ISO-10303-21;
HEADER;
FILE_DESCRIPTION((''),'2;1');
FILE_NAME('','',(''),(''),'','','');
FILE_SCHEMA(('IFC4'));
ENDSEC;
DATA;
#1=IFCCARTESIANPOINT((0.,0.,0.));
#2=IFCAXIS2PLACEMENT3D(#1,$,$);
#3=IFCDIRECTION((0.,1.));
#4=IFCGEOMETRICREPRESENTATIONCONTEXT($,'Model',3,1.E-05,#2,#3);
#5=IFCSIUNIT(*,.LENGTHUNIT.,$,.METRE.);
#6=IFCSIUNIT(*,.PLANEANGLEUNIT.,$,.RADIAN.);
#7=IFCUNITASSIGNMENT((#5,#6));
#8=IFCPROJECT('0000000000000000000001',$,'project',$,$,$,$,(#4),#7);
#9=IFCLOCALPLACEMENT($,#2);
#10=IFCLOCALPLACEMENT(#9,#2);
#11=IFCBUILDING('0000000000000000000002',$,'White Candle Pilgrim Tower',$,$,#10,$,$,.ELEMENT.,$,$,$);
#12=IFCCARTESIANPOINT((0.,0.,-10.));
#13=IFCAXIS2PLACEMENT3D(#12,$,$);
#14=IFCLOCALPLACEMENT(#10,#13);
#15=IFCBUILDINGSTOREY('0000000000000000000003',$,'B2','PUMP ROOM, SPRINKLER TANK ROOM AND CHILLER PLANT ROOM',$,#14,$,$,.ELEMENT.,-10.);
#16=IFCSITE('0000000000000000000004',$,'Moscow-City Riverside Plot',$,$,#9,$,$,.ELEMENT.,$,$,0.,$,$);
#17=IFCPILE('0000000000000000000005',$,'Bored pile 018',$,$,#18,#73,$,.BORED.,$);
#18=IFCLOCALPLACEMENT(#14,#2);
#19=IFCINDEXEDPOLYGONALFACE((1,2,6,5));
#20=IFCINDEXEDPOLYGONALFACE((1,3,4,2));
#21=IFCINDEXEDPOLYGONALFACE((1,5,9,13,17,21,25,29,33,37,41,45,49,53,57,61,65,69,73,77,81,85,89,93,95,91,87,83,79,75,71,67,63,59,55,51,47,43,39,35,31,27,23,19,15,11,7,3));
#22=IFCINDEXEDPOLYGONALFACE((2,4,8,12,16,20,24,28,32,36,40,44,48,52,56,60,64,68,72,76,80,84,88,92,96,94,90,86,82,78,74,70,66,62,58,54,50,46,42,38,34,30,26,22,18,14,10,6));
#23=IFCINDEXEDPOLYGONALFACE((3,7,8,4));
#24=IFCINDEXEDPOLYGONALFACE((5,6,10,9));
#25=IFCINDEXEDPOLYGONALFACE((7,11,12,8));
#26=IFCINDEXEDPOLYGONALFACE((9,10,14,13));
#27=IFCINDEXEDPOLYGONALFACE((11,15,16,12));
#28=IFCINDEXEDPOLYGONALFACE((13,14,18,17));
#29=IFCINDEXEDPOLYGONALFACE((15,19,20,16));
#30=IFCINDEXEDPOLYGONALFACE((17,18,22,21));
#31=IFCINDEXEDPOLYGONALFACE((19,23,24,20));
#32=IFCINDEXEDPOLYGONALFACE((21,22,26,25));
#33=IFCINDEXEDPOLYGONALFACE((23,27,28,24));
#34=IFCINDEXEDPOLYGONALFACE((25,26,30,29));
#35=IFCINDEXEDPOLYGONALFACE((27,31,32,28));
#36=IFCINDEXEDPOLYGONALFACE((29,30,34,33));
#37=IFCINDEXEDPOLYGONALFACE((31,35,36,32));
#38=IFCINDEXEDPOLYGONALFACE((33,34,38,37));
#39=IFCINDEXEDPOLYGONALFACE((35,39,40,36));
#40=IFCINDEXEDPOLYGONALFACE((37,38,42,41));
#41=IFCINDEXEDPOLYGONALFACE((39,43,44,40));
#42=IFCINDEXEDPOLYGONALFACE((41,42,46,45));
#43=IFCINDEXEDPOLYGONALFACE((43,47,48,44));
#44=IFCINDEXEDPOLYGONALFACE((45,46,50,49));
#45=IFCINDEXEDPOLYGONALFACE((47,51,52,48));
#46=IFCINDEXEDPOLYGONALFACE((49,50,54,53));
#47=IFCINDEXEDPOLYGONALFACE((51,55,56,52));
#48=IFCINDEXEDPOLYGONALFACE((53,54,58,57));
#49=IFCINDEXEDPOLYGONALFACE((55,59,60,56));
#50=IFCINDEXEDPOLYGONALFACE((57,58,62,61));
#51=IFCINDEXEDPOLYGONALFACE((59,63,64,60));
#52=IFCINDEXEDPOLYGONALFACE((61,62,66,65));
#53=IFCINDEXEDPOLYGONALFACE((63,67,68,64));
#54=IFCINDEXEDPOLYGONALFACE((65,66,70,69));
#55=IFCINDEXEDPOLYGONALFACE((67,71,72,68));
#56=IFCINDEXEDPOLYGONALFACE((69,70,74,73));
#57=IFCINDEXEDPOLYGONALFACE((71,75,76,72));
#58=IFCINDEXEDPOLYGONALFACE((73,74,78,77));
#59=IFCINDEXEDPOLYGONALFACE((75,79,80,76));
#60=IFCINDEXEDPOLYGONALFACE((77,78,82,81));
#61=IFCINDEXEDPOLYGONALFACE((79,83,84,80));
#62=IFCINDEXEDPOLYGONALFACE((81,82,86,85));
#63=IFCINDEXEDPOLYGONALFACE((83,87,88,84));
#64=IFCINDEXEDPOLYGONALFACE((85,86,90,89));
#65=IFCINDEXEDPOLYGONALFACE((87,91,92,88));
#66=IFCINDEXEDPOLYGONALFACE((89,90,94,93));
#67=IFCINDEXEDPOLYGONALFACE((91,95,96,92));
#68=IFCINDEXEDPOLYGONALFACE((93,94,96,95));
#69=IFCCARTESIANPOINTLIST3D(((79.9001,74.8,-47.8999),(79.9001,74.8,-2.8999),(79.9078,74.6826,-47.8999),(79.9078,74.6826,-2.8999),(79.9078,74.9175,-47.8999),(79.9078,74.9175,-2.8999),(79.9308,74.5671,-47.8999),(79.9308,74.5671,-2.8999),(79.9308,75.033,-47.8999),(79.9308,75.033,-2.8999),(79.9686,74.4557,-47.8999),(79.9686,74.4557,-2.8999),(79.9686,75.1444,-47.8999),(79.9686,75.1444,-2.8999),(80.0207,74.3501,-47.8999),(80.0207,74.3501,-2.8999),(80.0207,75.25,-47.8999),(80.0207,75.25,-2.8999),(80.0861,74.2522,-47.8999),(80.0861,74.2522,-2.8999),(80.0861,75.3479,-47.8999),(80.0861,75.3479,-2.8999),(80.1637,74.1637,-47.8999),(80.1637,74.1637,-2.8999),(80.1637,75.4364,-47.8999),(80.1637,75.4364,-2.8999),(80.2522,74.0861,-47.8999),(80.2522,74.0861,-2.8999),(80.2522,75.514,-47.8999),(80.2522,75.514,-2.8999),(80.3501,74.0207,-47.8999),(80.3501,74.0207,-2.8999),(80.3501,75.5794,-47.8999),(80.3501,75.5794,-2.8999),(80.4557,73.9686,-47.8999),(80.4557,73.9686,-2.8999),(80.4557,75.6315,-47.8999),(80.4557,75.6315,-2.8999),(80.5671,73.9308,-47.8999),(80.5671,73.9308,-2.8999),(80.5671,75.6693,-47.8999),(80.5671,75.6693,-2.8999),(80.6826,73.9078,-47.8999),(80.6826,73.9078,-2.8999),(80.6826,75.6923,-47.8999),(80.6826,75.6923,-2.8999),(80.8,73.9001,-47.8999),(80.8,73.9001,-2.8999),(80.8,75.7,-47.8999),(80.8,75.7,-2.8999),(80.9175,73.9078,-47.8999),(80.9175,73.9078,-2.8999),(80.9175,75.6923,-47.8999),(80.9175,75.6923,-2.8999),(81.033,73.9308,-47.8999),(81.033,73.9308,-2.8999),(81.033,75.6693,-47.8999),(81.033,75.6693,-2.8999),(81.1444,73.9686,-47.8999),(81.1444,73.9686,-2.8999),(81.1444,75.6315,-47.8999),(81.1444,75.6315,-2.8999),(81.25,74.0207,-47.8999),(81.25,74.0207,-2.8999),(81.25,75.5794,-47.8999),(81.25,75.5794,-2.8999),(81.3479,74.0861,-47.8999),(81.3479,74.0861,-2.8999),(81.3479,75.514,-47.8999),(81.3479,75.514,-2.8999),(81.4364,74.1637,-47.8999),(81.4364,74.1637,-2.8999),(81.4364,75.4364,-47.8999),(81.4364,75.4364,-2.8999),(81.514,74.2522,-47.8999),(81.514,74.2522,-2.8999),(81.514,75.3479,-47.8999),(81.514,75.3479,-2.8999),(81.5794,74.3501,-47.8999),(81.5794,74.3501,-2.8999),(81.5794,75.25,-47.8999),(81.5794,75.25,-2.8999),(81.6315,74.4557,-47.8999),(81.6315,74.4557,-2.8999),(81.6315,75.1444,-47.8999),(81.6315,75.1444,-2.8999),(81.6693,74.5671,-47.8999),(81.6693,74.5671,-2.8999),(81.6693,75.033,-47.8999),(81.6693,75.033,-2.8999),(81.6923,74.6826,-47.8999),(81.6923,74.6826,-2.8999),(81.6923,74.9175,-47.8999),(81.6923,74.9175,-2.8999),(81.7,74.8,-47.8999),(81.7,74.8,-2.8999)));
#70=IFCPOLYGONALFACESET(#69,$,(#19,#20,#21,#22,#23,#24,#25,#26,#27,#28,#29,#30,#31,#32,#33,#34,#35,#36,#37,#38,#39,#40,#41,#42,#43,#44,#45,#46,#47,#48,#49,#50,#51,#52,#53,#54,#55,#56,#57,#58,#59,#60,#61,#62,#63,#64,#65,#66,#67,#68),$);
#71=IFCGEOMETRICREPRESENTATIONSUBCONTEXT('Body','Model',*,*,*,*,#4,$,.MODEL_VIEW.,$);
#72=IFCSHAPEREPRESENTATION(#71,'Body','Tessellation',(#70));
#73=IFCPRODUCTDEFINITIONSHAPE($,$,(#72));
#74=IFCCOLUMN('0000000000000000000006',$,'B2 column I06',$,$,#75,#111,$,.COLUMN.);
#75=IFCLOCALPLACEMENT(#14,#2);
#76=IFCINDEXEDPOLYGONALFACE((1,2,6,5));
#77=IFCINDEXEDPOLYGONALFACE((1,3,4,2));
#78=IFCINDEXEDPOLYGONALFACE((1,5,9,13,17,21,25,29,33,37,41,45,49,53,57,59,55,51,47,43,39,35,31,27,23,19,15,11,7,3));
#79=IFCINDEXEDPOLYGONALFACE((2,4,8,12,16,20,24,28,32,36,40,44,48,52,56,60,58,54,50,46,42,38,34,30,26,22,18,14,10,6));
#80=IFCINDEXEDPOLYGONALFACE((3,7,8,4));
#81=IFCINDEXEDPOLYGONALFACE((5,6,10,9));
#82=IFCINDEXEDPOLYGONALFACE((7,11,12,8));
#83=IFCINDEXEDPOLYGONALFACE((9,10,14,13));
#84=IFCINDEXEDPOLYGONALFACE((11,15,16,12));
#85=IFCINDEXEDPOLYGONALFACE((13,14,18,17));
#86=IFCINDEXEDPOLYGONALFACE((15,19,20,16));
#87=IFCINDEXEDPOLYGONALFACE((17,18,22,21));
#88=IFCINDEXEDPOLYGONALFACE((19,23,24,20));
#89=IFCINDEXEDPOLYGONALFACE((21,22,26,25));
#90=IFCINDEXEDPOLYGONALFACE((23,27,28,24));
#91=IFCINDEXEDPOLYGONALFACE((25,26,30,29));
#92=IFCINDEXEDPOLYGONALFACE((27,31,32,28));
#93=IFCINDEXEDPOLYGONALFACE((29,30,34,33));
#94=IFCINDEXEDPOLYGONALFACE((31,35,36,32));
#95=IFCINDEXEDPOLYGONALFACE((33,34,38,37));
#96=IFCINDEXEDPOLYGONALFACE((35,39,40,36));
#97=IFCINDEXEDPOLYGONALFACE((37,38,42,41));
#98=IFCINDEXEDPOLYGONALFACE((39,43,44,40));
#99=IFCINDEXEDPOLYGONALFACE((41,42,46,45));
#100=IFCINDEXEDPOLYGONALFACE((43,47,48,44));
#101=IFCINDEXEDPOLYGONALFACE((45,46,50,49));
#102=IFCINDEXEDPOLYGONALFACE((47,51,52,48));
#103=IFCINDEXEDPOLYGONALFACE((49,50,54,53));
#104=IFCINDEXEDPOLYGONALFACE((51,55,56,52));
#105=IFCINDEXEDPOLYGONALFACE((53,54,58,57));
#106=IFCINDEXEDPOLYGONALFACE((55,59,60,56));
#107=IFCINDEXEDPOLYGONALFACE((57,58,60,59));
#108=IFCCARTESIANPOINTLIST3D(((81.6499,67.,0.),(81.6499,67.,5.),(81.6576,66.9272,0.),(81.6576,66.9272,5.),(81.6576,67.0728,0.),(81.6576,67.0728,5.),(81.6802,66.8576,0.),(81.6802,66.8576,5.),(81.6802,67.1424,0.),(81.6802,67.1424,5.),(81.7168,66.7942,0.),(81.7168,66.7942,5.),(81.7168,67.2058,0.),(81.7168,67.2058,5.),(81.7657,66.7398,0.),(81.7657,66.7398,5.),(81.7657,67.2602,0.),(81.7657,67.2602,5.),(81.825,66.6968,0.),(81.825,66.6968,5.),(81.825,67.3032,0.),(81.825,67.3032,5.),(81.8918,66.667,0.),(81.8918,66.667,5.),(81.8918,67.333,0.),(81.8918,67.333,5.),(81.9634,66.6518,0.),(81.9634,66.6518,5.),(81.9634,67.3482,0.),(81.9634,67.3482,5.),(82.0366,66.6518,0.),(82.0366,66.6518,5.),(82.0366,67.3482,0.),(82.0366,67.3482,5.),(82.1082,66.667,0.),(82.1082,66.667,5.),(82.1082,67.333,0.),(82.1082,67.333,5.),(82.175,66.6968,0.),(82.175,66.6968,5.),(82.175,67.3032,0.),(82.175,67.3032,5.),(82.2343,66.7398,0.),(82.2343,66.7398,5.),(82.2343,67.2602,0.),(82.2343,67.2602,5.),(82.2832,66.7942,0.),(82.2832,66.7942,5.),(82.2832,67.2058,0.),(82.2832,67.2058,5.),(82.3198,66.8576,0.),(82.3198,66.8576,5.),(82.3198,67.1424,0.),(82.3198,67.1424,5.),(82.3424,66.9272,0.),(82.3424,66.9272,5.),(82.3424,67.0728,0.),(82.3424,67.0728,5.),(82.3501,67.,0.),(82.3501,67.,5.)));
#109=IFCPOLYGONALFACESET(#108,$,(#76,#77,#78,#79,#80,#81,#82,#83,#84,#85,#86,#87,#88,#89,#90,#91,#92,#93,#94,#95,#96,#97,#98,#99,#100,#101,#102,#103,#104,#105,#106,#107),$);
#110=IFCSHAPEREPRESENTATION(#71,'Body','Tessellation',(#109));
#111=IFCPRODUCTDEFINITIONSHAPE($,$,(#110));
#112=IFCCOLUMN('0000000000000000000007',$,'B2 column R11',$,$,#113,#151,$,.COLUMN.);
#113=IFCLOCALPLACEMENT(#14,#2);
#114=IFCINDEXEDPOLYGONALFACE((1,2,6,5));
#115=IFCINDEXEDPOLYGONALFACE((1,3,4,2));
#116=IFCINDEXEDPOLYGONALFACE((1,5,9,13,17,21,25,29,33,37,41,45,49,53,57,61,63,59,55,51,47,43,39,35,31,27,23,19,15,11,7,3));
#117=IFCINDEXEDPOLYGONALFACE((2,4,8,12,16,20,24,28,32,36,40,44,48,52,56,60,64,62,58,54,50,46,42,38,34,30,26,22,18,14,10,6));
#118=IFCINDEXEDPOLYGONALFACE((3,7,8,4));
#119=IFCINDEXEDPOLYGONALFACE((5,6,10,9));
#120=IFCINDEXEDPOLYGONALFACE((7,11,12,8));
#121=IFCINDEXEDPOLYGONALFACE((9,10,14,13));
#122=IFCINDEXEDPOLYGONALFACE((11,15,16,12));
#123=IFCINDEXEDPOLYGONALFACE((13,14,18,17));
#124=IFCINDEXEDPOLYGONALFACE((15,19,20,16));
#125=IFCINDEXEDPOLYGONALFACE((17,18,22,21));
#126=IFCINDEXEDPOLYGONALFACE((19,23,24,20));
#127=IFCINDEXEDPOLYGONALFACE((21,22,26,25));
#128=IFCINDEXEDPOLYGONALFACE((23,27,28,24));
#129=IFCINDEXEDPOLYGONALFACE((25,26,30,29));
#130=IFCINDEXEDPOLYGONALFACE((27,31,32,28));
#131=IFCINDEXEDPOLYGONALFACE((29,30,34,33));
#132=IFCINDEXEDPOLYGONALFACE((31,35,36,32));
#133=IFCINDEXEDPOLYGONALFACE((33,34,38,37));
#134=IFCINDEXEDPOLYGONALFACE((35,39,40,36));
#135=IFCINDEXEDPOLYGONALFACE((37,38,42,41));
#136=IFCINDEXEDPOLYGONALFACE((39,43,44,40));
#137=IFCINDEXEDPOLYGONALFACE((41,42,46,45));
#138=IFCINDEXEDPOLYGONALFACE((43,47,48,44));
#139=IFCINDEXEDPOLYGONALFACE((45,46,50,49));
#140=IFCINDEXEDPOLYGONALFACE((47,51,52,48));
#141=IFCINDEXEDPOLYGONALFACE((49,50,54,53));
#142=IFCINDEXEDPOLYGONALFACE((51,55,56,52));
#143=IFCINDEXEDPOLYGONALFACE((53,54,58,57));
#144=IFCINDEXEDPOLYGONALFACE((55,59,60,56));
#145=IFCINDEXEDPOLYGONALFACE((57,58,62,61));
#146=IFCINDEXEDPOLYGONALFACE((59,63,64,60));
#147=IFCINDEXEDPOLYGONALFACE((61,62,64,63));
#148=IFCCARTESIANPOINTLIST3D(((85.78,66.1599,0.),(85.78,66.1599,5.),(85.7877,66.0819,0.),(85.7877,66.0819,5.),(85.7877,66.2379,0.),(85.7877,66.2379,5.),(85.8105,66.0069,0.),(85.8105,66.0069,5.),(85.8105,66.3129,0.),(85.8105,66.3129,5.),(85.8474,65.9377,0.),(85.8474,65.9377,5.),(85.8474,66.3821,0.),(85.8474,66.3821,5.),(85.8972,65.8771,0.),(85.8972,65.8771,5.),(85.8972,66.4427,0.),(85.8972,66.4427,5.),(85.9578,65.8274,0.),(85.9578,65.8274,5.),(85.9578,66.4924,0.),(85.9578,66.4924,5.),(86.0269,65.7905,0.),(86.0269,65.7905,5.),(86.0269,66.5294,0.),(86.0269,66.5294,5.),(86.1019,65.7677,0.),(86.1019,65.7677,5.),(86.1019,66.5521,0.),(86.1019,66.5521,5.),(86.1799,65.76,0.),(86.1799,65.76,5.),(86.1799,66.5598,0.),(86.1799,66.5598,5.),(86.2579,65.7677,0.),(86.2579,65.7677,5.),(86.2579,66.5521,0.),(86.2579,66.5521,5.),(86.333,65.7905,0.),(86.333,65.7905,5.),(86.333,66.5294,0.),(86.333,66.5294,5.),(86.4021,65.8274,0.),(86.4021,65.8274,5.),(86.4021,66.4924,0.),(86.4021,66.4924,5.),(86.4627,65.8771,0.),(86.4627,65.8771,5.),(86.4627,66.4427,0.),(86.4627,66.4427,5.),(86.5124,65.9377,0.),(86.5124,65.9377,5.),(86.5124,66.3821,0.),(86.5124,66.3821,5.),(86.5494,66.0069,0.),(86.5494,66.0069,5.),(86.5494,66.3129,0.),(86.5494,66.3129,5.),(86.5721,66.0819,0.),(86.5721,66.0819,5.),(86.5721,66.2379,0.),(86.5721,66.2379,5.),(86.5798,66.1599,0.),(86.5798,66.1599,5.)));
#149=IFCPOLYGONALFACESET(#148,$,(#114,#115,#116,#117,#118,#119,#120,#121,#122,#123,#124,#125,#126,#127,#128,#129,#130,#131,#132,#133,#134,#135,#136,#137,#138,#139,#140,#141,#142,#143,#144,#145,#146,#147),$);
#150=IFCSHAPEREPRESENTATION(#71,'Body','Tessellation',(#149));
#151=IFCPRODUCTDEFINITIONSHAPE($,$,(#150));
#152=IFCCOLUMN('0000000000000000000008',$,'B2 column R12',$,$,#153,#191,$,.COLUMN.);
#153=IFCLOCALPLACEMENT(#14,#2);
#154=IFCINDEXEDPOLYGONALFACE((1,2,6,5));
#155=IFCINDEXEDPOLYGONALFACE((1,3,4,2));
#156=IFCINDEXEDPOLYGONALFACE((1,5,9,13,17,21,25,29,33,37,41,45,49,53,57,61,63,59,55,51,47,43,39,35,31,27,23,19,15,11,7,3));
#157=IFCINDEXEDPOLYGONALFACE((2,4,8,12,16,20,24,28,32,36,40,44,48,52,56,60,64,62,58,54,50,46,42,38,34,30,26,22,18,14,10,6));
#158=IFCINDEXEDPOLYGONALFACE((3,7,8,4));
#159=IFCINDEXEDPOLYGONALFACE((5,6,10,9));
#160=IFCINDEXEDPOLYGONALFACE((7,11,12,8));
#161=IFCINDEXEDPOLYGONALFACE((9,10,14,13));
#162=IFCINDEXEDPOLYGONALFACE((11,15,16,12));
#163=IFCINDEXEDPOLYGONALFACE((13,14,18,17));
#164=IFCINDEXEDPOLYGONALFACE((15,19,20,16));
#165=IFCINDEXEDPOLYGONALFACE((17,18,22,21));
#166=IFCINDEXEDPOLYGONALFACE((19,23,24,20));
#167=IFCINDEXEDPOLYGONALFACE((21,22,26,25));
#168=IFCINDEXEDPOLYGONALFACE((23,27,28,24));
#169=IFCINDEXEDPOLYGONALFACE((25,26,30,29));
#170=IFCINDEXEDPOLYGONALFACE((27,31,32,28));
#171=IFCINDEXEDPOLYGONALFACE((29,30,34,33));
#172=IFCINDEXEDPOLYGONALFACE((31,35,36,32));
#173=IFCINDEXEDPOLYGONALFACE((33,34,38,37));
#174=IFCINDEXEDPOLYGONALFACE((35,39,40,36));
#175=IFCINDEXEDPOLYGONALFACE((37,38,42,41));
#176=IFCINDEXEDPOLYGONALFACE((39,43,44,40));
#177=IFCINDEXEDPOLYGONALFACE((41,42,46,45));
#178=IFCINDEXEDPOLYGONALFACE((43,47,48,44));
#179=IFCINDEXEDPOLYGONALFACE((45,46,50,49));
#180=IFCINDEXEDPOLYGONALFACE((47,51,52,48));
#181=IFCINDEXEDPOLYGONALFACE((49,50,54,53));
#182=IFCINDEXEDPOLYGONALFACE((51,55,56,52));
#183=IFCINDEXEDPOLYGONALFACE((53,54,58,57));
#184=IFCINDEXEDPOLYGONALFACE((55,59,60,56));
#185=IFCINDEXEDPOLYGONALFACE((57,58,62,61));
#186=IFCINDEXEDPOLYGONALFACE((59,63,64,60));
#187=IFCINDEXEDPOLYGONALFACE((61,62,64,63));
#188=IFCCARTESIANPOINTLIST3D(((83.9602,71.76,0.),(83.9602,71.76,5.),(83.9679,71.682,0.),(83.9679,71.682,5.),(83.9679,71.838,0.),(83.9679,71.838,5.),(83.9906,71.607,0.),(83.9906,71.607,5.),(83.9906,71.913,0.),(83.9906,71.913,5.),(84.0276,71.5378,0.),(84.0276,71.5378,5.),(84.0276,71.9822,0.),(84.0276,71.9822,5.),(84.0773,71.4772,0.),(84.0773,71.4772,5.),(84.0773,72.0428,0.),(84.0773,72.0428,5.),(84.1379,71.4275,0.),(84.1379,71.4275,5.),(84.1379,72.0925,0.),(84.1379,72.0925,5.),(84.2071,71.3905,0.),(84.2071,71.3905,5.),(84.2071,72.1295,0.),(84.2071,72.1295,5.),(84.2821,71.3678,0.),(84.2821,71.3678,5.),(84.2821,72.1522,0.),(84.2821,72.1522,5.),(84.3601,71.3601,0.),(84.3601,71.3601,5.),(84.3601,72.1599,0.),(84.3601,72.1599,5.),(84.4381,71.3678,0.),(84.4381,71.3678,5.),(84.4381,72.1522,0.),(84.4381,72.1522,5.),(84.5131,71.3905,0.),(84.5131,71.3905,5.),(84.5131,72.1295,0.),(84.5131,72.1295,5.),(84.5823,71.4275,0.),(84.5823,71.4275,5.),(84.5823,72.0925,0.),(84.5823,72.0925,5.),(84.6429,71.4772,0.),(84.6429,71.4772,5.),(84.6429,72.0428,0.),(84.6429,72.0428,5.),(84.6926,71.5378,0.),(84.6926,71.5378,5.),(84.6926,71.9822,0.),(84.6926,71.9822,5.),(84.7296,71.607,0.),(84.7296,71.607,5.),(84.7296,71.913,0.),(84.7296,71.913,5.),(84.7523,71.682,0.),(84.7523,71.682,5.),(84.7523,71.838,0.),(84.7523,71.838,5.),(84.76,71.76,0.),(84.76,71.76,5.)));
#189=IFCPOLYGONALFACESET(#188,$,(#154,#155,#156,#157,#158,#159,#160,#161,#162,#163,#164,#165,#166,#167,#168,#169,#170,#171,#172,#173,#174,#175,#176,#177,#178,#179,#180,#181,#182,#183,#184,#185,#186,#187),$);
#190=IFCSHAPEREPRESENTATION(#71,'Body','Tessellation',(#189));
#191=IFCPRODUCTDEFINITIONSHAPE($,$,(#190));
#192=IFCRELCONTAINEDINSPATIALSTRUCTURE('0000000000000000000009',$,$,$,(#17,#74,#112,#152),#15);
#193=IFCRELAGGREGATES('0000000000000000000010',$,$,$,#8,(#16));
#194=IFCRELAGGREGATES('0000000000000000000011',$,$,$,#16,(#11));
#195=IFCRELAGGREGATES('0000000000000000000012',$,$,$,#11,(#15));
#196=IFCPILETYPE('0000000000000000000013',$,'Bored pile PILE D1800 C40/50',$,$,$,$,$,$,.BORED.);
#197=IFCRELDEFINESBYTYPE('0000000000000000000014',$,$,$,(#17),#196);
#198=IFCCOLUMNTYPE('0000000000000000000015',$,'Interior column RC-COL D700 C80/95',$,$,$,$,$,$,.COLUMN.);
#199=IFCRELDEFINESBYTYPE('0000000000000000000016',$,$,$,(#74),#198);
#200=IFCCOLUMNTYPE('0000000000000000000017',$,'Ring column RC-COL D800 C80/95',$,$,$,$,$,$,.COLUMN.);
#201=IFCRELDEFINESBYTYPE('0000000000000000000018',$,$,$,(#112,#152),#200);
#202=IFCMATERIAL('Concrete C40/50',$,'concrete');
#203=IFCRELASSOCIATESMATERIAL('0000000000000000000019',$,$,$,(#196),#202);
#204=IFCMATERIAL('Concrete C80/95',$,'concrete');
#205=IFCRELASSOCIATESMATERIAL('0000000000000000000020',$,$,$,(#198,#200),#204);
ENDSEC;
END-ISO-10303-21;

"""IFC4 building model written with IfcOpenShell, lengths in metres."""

from ifc_helpers import new_model, si_unit, direction, frame, origin, origin_2d, place, context, subcontext, project, spatial, circle, extrude, material, material_profile, profile_set, type_object, element, save


model = new_model("IFC4")

# Units and contexts
model_context = context("Model", 3, precision=1e-05, world=origin(), true_north=direction((0.0, 1.0)))
body_context = subcontext(model_context, "Body", "Model", "MODEL_VIEW")
ifc_project = project(units=[si_unit("LENGTHUNIT", "METRE"), si_unit("PLANEANGLEUNIT", "RADIAN")], contexts=[model_context])

# Site, building, storey
site_placement = place(None, origin())
site = spatial("IfcSite", under=ifc_project, at=site_placement, Name="Moscow-City Riverside Plot", CompositionType="ELEMENT", RefElevation=0.0)
building_placement = place(site_placement, origin())
building = spatial("IfcBuilding", under=site, at=building_placement, Name="White Candle Pilgrim Tower", CompositionType="ELEMENT")
storey_placement = place(building_placement, frame((0.0, 0.0, -10.0)))
storey = spatial("IfcBuildingStorey", under=building, at=storey_placement, Name="B2", Description="PUMP ROOM, SPRINKLER TANK ROOM AND CHILLER PLANT ROOM", CompositionType="ELEMENT", Elevation=-10.0)

# Pile
ifc_material_1 = material(Name="Concrete C40/50", Category="concrete")
ifc_material_profile_1 = material_profile(ifc_material_1, circle(Radius=0.8999, at=origin_2d()), Name="PILE D1800")
ifc_profile_set_1 = profile_set([ifc_material_profile_1], Name="Concrete C40/50")
pile_type_1 = type_object("IfcPileType", Name="Bored pile PILE D1800 C40/50", PredefinedType="BORED", material=ifc_profile_set_1)
for number, where, z_axis, x_axis, name in (
    (1, (80.8, 74.8, -2.8999), (0.0, 0.0, -1.0), (1.0, 0.0, 0.0), "Bored pile 018"),
):
    element("IfcPile", number, at=place(storey_placement, frame(where, z_axis=z_axis, x_axis=x_axis)), inside=storey, type_object=pile_type_1, Name=name, PredefinedType="BORED", context=body_context, shape_type="SweptSolid", body=[
        extrude(circle(Radius=0.8999, at=origin_2d()), origin(), (0.0, 0.0, 1.0), 45.0),
    ])

# Columns
ifc_material_2 = material(Name="Concrete C80/95", Category="concrete")
ifc_material_profile_2 = material_profile(ifc_material_2, circle(Radius=0.3501, at=origin_2d()), Name="RC-COL D700")
ifc_profile_set_2 = profile_set([ifc_material_profile_2], Name="Concrete C80/95")
column_type_1 = type_object("IfcColumnType", Name="Interior column RC-COL D700 C80/95", PredefinedType="COLUMN", material=ifc_profile_set_2)
column_placement = place(storey_placement, frame((82.0, 67.0, 0.0), z_axis=(0.0, 0.0, 1.0), x_axis=(1.0, 0.0, 0.0)))
element("IfcColumn", 2, at=column_placement, inside=storey, type_object=column_type_1, Name="B2 column I06", PredefinedType="COLUMN", context=body_context, shape_type="SweptSolid", body=[
    extrude(circle(Radius=0.3501, at=origin_2d()), origin(), (0.0, 0.0, 1.0), 5.0),
])
ifc_material_profile_3 = material_profile(ifc_material_2, circle(Radius=0.3999, at=origin_2d()), Name="RC-COL D800")
ifc_profile_set_3 = profile_set([ifc_material_profile_3], Name="Concrete C80/95")
column_type_2 = type_object("IfcColumnType", Name="Ring column RC-COL D800 C80/95", PredefinedType="COLUMN", material=ifc_profile_set_3)
for number, where, z_axis, x_axis, name in (
    (3, (86.1799, 66.1599, 0.0), (0.0, 0.0, 1.0), (1.0, 0.0, 0.0), "B2 column R11"),
    (4, (84.3601, 71.76, 0.0), (0.0, 0.0, 1.0), (1.0, 0.0, 0.0), "B2 column R12"),
):
    element("IfcColumn", number, at=place(storey_placement, frame(where, z_axis=z_axis, x_axis=x_axis)), inside=storey, type_object=column_type_2, Name=name, PredefinedType="COLUMN", context=body_context, shape_type="SweptSolid", body=[
        extrude(circle(Radius=0.3999, at=origin_2d()), origin(), (0.0, 0.0, 1.0), 5.0),
    ])

save(model, "model.ifc")
